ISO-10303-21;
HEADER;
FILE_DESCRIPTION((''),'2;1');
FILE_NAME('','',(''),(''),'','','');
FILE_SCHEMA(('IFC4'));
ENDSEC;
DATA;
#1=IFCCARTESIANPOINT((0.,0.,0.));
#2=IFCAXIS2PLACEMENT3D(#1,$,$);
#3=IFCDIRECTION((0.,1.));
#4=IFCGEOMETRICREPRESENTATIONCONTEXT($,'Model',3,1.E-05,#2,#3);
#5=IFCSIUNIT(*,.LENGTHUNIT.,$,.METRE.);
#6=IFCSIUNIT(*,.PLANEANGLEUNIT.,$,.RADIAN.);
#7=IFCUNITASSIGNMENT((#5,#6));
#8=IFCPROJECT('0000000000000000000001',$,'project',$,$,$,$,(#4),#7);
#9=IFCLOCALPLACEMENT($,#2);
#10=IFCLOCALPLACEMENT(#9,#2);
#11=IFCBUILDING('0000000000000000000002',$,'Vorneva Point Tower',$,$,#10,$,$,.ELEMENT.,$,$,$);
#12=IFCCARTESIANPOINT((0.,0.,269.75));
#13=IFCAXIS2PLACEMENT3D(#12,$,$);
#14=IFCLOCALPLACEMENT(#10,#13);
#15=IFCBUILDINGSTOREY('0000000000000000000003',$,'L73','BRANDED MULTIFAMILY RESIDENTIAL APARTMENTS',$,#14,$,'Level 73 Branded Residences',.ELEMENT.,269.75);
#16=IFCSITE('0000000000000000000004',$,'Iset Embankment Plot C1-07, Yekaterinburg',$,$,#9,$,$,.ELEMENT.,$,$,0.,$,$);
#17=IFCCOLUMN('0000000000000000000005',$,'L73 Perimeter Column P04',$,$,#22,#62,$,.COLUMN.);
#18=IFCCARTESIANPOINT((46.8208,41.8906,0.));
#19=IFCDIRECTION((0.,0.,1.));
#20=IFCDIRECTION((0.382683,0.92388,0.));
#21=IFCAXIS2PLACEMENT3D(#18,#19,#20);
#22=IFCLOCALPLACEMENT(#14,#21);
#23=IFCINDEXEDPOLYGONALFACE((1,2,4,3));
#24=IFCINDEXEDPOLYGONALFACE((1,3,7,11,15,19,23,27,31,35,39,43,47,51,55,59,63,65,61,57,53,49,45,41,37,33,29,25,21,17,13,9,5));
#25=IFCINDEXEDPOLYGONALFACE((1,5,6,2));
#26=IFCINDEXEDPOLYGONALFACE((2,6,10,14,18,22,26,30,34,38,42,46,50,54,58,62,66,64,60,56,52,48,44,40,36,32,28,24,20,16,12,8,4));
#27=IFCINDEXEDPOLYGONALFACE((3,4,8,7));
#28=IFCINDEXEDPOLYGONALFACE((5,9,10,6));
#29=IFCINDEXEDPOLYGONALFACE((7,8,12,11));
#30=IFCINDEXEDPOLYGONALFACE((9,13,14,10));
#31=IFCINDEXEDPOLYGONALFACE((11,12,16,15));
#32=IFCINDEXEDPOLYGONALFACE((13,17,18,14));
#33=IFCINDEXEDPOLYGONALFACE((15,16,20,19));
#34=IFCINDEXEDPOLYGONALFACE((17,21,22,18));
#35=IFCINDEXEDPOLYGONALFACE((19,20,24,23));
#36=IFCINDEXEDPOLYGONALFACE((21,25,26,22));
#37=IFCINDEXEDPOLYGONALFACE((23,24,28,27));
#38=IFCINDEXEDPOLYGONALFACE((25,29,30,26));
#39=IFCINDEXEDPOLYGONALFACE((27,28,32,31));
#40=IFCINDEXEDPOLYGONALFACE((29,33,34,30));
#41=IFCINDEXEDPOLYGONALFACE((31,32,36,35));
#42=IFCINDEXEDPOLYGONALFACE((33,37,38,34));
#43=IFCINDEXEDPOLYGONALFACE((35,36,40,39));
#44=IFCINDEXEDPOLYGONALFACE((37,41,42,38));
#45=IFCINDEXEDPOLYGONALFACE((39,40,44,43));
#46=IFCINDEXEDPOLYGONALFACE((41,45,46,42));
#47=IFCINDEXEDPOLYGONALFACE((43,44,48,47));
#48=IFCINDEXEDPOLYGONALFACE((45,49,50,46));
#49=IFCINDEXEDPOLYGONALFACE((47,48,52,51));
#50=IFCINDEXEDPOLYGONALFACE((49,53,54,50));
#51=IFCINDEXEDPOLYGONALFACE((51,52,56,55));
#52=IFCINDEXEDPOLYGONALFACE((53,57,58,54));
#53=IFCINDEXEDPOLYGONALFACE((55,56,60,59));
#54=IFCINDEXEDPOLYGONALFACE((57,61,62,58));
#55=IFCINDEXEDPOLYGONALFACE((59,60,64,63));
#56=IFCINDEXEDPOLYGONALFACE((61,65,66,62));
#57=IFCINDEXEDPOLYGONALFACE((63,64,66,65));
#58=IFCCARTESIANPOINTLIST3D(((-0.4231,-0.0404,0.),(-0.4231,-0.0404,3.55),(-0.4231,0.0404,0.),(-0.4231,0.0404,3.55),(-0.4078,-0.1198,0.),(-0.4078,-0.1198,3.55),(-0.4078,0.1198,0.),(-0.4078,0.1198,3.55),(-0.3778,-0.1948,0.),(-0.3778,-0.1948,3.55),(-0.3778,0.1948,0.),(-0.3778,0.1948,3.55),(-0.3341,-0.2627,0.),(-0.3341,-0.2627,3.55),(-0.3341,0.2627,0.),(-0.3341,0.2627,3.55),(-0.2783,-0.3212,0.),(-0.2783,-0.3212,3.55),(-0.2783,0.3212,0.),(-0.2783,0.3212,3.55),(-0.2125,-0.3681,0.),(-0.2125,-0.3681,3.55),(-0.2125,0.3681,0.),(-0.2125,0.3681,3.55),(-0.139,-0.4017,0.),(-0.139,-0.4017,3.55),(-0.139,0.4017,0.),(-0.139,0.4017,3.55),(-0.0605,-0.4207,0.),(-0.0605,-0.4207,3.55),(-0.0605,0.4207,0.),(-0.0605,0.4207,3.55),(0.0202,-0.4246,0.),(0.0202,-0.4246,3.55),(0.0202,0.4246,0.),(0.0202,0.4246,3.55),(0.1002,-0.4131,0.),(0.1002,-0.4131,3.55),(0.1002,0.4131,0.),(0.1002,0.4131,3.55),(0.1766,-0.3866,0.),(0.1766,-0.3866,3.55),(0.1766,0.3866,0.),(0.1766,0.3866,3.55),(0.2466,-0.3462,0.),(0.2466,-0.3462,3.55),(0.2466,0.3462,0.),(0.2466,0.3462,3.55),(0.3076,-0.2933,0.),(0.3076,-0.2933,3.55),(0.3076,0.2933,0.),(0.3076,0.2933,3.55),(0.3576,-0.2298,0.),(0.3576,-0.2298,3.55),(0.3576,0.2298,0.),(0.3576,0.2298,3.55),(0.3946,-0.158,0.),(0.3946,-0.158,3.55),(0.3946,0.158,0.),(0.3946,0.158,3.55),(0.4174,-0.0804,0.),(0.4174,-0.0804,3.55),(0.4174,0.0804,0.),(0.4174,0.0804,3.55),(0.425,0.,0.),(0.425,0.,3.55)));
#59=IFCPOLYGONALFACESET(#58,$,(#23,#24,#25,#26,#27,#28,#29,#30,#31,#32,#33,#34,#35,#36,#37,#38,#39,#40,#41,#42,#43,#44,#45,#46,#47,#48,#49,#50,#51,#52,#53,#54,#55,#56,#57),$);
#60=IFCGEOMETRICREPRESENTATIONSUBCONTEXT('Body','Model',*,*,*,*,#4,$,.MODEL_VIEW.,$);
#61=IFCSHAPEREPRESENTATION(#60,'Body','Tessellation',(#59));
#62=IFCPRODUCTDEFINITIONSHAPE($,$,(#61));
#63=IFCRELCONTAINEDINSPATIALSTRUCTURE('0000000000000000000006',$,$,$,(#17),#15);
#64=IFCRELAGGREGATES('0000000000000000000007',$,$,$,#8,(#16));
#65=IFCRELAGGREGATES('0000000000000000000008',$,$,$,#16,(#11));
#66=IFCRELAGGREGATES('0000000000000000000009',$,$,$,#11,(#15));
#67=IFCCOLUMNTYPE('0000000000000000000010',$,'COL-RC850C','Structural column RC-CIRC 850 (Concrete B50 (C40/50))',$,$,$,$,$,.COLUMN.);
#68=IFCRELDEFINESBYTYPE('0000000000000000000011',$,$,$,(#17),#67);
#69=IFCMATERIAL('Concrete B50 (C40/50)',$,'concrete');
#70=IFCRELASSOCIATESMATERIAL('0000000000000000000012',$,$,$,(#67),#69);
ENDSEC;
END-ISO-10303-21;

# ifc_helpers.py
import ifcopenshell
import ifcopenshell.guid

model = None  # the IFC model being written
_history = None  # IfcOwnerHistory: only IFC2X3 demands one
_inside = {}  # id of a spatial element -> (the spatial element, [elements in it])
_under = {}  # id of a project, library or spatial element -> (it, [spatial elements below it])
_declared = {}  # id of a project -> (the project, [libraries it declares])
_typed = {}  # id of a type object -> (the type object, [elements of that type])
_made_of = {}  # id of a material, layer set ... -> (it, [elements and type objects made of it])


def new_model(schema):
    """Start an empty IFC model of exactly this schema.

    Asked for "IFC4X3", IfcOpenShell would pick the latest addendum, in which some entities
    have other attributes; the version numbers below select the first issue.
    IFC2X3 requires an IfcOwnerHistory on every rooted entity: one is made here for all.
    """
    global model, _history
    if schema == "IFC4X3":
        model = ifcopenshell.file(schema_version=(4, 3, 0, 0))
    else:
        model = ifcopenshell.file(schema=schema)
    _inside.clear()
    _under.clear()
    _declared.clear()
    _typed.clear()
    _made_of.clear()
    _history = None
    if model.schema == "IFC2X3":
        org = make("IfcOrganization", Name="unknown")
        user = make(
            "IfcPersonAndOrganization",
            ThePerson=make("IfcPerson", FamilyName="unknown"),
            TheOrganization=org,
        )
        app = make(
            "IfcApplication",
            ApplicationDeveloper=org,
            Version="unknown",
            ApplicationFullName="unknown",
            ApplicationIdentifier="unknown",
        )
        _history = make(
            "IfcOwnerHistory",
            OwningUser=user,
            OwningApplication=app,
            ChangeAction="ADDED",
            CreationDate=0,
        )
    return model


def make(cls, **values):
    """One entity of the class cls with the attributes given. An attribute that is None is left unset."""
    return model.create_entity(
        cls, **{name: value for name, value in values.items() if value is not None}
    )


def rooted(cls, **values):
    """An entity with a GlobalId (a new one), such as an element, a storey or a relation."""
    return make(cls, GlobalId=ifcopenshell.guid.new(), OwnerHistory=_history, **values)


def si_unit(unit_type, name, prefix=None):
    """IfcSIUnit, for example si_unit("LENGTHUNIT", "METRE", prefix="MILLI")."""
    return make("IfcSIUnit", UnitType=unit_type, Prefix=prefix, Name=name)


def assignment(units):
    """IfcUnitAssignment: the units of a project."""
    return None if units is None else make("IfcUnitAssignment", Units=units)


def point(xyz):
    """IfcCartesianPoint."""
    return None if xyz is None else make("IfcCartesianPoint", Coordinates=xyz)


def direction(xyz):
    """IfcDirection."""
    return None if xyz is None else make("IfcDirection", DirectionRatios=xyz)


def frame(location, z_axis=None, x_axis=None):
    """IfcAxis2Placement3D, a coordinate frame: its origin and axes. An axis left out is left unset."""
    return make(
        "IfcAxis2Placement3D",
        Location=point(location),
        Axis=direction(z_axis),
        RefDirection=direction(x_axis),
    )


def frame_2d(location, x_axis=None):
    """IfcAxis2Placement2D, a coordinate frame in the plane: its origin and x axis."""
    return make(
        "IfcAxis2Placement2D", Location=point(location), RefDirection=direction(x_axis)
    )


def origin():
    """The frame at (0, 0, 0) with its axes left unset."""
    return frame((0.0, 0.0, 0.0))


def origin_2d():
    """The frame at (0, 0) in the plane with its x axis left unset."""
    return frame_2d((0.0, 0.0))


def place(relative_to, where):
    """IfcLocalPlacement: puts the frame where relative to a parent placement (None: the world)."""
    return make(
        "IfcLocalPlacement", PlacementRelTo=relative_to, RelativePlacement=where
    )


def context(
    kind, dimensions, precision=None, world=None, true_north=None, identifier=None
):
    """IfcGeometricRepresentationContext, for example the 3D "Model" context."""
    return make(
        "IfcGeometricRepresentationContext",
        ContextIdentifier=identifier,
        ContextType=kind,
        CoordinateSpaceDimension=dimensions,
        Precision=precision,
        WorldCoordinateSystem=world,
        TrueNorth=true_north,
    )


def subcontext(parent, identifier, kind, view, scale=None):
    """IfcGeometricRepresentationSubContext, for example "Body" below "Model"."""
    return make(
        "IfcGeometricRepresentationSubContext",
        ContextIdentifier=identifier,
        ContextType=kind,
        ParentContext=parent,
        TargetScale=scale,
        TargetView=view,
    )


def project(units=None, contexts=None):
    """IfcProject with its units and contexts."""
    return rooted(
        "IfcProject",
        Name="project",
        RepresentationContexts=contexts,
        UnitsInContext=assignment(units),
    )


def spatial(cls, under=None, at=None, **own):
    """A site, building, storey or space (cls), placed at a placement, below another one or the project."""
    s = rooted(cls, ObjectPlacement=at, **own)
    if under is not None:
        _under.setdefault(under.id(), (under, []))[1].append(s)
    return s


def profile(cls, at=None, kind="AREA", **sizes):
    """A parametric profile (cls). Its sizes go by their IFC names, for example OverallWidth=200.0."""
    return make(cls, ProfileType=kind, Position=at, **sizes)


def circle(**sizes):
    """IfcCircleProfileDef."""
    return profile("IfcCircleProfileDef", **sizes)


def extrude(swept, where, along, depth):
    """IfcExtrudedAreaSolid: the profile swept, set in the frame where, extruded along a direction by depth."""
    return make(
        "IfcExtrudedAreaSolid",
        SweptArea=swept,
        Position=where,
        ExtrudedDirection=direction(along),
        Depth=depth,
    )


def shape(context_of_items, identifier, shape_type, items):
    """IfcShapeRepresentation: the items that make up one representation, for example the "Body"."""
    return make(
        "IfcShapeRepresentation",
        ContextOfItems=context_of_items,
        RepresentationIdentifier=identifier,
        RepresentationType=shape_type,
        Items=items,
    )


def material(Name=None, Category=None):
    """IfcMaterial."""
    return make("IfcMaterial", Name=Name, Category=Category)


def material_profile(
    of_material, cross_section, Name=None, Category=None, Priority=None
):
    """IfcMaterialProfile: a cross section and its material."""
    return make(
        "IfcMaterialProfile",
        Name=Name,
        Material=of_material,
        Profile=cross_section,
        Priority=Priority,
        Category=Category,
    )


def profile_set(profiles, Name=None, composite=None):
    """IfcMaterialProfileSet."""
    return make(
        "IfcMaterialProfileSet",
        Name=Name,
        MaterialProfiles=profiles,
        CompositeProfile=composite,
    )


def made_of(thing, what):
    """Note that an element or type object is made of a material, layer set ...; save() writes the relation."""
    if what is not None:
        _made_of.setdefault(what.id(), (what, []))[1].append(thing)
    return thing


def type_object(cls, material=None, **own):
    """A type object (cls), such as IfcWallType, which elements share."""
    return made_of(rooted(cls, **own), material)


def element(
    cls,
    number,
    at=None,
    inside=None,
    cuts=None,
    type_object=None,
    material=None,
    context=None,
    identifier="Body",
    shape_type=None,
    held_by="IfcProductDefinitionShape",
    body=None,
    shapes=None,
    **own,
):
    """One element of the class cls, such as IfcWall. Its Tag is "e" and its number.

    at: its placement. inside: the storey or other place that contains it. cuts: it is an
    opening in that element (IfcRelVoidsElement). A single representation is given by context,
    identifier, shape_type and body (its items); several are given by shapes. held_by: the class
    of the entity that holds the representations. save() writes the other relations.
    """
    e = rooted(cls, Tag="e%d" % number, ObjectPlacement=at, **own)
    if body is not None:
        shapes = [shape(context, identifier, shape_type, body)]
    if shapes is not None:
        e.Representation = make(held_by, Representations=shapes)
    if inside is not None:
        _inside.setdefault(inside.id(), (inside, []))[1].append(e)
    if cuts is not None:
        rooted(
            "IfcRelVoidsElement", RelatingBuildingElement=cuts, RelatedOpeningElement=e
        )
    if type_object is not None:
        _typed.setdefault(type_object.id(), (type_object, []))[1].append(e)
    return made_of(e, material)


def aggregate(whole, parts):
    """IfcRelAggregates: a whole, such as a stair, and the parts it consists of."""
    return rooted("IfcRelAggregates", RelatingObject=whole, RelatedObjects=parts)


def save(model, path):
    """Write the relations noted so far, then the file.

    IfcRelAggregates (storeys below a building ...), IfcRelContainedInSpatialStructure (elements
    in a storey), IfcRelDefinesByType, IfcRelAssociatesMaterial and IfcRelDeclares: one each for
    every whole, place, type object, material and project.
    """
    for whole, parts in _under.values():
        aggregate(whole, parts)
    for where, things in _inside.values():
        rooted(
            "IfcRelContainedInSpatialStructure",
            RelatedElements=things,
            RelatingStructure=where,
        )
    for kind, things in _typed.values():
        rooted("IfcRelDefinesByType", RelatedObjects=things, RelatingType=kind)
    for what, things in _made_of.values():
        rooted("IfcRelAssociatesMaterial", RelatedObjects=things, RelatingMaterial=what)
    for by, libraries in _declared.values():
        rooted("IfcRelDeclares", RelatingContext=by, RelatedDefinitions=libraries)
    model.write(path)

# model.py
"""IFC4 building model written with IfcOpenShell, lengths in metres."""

from ifc_helpers import new_model, si_unit, direction, frame, origin, origin_2d, place, context, subcontext, project, spatial, circle, extrude, material, material_profile, profile_set, type_object, element, save


model = new_model("IFC4")

# Units and contexts
model_context = context("Model", 3, precision=1e-05, world=origin(), true_north=direction((0.0, 1.0)))
body_context = subcontext(model_context, "Body", "Model", "MODEL_VIEW")
ifc_project = project(units=[si_unit("LENGTHUNIT", "METRE"), si_unit("PLANEANGLEUNIT", "RADIAN")], contexts=[model_context])

# Site, building, storey
site_placement = place(None, origin())
site = spatial("IfcSite", under=ifc_project, at=site_placement, Name="Iset Embankment Plot C1-07, Yekaterinburg", CompositionType="ELEMENT", RefElevation=0.0)
building_placement = place(site_placement, origin())
building = spatial("IfcBuilding", under=site, at=building_placement, Name="Vorneva Point Tower", CompositionType="ELEMENT")
storey_placement = place(building_placement, frame((0.0, 0.0, 269.75)))
storey = spatial("IfcBuildingStorey", under=building, at=storey_placement, Name="L73", Description="BRANDED MULTIFAMILY RESIDENTIAL APARTMENTS", LongName="Level 73 Branded Residences", CompositionType="ELEMENT", Elevation=269.75)

# Column
ifc_material_1 = material(Name="Concrete B50 (C40/50)", Category="concrete")
ifc_material_profile_1 = material_profile(ifc_material_1, circle(Radius=0.425, at=origin_2d()), Name="RC-CIRC 850")
ifc_profile_set_1 = profile_set([ifc_material_profile_1], Name="Concrete B50 (C40/50)")
column_type = type_object("IfcColumnType", Name="COL-RC850C", Description="Structural column RC-CIRC 850 (Concrete B50 (C40/50))", PredefinedType="COLUMN", material=ifc_profile_set_1)
for number, where, z_axis, x_axis, name in (
    (1, (46.8208, 41.8906, 0.0), (0.0, 0.0, 1.0), (0.382683, 0.92388, 0.0), "L73 Perimeter Column P04"),
):
    element("IfcColumn", number, at=place(storey_placement, frame(where, z_axis=z_axis, x_axis=x_axis)), inside=storey, type_object=column_type, Name=name, PredefinedType="COLUMN", context=body_context, shape_type="SweptSolid", body=[
        extrude(circle(Radius=0.425, at=origin_2d()), origin(), (0.0, 0.0, 1.0), 3.55),
    ])

save(model, "model.ifc")
